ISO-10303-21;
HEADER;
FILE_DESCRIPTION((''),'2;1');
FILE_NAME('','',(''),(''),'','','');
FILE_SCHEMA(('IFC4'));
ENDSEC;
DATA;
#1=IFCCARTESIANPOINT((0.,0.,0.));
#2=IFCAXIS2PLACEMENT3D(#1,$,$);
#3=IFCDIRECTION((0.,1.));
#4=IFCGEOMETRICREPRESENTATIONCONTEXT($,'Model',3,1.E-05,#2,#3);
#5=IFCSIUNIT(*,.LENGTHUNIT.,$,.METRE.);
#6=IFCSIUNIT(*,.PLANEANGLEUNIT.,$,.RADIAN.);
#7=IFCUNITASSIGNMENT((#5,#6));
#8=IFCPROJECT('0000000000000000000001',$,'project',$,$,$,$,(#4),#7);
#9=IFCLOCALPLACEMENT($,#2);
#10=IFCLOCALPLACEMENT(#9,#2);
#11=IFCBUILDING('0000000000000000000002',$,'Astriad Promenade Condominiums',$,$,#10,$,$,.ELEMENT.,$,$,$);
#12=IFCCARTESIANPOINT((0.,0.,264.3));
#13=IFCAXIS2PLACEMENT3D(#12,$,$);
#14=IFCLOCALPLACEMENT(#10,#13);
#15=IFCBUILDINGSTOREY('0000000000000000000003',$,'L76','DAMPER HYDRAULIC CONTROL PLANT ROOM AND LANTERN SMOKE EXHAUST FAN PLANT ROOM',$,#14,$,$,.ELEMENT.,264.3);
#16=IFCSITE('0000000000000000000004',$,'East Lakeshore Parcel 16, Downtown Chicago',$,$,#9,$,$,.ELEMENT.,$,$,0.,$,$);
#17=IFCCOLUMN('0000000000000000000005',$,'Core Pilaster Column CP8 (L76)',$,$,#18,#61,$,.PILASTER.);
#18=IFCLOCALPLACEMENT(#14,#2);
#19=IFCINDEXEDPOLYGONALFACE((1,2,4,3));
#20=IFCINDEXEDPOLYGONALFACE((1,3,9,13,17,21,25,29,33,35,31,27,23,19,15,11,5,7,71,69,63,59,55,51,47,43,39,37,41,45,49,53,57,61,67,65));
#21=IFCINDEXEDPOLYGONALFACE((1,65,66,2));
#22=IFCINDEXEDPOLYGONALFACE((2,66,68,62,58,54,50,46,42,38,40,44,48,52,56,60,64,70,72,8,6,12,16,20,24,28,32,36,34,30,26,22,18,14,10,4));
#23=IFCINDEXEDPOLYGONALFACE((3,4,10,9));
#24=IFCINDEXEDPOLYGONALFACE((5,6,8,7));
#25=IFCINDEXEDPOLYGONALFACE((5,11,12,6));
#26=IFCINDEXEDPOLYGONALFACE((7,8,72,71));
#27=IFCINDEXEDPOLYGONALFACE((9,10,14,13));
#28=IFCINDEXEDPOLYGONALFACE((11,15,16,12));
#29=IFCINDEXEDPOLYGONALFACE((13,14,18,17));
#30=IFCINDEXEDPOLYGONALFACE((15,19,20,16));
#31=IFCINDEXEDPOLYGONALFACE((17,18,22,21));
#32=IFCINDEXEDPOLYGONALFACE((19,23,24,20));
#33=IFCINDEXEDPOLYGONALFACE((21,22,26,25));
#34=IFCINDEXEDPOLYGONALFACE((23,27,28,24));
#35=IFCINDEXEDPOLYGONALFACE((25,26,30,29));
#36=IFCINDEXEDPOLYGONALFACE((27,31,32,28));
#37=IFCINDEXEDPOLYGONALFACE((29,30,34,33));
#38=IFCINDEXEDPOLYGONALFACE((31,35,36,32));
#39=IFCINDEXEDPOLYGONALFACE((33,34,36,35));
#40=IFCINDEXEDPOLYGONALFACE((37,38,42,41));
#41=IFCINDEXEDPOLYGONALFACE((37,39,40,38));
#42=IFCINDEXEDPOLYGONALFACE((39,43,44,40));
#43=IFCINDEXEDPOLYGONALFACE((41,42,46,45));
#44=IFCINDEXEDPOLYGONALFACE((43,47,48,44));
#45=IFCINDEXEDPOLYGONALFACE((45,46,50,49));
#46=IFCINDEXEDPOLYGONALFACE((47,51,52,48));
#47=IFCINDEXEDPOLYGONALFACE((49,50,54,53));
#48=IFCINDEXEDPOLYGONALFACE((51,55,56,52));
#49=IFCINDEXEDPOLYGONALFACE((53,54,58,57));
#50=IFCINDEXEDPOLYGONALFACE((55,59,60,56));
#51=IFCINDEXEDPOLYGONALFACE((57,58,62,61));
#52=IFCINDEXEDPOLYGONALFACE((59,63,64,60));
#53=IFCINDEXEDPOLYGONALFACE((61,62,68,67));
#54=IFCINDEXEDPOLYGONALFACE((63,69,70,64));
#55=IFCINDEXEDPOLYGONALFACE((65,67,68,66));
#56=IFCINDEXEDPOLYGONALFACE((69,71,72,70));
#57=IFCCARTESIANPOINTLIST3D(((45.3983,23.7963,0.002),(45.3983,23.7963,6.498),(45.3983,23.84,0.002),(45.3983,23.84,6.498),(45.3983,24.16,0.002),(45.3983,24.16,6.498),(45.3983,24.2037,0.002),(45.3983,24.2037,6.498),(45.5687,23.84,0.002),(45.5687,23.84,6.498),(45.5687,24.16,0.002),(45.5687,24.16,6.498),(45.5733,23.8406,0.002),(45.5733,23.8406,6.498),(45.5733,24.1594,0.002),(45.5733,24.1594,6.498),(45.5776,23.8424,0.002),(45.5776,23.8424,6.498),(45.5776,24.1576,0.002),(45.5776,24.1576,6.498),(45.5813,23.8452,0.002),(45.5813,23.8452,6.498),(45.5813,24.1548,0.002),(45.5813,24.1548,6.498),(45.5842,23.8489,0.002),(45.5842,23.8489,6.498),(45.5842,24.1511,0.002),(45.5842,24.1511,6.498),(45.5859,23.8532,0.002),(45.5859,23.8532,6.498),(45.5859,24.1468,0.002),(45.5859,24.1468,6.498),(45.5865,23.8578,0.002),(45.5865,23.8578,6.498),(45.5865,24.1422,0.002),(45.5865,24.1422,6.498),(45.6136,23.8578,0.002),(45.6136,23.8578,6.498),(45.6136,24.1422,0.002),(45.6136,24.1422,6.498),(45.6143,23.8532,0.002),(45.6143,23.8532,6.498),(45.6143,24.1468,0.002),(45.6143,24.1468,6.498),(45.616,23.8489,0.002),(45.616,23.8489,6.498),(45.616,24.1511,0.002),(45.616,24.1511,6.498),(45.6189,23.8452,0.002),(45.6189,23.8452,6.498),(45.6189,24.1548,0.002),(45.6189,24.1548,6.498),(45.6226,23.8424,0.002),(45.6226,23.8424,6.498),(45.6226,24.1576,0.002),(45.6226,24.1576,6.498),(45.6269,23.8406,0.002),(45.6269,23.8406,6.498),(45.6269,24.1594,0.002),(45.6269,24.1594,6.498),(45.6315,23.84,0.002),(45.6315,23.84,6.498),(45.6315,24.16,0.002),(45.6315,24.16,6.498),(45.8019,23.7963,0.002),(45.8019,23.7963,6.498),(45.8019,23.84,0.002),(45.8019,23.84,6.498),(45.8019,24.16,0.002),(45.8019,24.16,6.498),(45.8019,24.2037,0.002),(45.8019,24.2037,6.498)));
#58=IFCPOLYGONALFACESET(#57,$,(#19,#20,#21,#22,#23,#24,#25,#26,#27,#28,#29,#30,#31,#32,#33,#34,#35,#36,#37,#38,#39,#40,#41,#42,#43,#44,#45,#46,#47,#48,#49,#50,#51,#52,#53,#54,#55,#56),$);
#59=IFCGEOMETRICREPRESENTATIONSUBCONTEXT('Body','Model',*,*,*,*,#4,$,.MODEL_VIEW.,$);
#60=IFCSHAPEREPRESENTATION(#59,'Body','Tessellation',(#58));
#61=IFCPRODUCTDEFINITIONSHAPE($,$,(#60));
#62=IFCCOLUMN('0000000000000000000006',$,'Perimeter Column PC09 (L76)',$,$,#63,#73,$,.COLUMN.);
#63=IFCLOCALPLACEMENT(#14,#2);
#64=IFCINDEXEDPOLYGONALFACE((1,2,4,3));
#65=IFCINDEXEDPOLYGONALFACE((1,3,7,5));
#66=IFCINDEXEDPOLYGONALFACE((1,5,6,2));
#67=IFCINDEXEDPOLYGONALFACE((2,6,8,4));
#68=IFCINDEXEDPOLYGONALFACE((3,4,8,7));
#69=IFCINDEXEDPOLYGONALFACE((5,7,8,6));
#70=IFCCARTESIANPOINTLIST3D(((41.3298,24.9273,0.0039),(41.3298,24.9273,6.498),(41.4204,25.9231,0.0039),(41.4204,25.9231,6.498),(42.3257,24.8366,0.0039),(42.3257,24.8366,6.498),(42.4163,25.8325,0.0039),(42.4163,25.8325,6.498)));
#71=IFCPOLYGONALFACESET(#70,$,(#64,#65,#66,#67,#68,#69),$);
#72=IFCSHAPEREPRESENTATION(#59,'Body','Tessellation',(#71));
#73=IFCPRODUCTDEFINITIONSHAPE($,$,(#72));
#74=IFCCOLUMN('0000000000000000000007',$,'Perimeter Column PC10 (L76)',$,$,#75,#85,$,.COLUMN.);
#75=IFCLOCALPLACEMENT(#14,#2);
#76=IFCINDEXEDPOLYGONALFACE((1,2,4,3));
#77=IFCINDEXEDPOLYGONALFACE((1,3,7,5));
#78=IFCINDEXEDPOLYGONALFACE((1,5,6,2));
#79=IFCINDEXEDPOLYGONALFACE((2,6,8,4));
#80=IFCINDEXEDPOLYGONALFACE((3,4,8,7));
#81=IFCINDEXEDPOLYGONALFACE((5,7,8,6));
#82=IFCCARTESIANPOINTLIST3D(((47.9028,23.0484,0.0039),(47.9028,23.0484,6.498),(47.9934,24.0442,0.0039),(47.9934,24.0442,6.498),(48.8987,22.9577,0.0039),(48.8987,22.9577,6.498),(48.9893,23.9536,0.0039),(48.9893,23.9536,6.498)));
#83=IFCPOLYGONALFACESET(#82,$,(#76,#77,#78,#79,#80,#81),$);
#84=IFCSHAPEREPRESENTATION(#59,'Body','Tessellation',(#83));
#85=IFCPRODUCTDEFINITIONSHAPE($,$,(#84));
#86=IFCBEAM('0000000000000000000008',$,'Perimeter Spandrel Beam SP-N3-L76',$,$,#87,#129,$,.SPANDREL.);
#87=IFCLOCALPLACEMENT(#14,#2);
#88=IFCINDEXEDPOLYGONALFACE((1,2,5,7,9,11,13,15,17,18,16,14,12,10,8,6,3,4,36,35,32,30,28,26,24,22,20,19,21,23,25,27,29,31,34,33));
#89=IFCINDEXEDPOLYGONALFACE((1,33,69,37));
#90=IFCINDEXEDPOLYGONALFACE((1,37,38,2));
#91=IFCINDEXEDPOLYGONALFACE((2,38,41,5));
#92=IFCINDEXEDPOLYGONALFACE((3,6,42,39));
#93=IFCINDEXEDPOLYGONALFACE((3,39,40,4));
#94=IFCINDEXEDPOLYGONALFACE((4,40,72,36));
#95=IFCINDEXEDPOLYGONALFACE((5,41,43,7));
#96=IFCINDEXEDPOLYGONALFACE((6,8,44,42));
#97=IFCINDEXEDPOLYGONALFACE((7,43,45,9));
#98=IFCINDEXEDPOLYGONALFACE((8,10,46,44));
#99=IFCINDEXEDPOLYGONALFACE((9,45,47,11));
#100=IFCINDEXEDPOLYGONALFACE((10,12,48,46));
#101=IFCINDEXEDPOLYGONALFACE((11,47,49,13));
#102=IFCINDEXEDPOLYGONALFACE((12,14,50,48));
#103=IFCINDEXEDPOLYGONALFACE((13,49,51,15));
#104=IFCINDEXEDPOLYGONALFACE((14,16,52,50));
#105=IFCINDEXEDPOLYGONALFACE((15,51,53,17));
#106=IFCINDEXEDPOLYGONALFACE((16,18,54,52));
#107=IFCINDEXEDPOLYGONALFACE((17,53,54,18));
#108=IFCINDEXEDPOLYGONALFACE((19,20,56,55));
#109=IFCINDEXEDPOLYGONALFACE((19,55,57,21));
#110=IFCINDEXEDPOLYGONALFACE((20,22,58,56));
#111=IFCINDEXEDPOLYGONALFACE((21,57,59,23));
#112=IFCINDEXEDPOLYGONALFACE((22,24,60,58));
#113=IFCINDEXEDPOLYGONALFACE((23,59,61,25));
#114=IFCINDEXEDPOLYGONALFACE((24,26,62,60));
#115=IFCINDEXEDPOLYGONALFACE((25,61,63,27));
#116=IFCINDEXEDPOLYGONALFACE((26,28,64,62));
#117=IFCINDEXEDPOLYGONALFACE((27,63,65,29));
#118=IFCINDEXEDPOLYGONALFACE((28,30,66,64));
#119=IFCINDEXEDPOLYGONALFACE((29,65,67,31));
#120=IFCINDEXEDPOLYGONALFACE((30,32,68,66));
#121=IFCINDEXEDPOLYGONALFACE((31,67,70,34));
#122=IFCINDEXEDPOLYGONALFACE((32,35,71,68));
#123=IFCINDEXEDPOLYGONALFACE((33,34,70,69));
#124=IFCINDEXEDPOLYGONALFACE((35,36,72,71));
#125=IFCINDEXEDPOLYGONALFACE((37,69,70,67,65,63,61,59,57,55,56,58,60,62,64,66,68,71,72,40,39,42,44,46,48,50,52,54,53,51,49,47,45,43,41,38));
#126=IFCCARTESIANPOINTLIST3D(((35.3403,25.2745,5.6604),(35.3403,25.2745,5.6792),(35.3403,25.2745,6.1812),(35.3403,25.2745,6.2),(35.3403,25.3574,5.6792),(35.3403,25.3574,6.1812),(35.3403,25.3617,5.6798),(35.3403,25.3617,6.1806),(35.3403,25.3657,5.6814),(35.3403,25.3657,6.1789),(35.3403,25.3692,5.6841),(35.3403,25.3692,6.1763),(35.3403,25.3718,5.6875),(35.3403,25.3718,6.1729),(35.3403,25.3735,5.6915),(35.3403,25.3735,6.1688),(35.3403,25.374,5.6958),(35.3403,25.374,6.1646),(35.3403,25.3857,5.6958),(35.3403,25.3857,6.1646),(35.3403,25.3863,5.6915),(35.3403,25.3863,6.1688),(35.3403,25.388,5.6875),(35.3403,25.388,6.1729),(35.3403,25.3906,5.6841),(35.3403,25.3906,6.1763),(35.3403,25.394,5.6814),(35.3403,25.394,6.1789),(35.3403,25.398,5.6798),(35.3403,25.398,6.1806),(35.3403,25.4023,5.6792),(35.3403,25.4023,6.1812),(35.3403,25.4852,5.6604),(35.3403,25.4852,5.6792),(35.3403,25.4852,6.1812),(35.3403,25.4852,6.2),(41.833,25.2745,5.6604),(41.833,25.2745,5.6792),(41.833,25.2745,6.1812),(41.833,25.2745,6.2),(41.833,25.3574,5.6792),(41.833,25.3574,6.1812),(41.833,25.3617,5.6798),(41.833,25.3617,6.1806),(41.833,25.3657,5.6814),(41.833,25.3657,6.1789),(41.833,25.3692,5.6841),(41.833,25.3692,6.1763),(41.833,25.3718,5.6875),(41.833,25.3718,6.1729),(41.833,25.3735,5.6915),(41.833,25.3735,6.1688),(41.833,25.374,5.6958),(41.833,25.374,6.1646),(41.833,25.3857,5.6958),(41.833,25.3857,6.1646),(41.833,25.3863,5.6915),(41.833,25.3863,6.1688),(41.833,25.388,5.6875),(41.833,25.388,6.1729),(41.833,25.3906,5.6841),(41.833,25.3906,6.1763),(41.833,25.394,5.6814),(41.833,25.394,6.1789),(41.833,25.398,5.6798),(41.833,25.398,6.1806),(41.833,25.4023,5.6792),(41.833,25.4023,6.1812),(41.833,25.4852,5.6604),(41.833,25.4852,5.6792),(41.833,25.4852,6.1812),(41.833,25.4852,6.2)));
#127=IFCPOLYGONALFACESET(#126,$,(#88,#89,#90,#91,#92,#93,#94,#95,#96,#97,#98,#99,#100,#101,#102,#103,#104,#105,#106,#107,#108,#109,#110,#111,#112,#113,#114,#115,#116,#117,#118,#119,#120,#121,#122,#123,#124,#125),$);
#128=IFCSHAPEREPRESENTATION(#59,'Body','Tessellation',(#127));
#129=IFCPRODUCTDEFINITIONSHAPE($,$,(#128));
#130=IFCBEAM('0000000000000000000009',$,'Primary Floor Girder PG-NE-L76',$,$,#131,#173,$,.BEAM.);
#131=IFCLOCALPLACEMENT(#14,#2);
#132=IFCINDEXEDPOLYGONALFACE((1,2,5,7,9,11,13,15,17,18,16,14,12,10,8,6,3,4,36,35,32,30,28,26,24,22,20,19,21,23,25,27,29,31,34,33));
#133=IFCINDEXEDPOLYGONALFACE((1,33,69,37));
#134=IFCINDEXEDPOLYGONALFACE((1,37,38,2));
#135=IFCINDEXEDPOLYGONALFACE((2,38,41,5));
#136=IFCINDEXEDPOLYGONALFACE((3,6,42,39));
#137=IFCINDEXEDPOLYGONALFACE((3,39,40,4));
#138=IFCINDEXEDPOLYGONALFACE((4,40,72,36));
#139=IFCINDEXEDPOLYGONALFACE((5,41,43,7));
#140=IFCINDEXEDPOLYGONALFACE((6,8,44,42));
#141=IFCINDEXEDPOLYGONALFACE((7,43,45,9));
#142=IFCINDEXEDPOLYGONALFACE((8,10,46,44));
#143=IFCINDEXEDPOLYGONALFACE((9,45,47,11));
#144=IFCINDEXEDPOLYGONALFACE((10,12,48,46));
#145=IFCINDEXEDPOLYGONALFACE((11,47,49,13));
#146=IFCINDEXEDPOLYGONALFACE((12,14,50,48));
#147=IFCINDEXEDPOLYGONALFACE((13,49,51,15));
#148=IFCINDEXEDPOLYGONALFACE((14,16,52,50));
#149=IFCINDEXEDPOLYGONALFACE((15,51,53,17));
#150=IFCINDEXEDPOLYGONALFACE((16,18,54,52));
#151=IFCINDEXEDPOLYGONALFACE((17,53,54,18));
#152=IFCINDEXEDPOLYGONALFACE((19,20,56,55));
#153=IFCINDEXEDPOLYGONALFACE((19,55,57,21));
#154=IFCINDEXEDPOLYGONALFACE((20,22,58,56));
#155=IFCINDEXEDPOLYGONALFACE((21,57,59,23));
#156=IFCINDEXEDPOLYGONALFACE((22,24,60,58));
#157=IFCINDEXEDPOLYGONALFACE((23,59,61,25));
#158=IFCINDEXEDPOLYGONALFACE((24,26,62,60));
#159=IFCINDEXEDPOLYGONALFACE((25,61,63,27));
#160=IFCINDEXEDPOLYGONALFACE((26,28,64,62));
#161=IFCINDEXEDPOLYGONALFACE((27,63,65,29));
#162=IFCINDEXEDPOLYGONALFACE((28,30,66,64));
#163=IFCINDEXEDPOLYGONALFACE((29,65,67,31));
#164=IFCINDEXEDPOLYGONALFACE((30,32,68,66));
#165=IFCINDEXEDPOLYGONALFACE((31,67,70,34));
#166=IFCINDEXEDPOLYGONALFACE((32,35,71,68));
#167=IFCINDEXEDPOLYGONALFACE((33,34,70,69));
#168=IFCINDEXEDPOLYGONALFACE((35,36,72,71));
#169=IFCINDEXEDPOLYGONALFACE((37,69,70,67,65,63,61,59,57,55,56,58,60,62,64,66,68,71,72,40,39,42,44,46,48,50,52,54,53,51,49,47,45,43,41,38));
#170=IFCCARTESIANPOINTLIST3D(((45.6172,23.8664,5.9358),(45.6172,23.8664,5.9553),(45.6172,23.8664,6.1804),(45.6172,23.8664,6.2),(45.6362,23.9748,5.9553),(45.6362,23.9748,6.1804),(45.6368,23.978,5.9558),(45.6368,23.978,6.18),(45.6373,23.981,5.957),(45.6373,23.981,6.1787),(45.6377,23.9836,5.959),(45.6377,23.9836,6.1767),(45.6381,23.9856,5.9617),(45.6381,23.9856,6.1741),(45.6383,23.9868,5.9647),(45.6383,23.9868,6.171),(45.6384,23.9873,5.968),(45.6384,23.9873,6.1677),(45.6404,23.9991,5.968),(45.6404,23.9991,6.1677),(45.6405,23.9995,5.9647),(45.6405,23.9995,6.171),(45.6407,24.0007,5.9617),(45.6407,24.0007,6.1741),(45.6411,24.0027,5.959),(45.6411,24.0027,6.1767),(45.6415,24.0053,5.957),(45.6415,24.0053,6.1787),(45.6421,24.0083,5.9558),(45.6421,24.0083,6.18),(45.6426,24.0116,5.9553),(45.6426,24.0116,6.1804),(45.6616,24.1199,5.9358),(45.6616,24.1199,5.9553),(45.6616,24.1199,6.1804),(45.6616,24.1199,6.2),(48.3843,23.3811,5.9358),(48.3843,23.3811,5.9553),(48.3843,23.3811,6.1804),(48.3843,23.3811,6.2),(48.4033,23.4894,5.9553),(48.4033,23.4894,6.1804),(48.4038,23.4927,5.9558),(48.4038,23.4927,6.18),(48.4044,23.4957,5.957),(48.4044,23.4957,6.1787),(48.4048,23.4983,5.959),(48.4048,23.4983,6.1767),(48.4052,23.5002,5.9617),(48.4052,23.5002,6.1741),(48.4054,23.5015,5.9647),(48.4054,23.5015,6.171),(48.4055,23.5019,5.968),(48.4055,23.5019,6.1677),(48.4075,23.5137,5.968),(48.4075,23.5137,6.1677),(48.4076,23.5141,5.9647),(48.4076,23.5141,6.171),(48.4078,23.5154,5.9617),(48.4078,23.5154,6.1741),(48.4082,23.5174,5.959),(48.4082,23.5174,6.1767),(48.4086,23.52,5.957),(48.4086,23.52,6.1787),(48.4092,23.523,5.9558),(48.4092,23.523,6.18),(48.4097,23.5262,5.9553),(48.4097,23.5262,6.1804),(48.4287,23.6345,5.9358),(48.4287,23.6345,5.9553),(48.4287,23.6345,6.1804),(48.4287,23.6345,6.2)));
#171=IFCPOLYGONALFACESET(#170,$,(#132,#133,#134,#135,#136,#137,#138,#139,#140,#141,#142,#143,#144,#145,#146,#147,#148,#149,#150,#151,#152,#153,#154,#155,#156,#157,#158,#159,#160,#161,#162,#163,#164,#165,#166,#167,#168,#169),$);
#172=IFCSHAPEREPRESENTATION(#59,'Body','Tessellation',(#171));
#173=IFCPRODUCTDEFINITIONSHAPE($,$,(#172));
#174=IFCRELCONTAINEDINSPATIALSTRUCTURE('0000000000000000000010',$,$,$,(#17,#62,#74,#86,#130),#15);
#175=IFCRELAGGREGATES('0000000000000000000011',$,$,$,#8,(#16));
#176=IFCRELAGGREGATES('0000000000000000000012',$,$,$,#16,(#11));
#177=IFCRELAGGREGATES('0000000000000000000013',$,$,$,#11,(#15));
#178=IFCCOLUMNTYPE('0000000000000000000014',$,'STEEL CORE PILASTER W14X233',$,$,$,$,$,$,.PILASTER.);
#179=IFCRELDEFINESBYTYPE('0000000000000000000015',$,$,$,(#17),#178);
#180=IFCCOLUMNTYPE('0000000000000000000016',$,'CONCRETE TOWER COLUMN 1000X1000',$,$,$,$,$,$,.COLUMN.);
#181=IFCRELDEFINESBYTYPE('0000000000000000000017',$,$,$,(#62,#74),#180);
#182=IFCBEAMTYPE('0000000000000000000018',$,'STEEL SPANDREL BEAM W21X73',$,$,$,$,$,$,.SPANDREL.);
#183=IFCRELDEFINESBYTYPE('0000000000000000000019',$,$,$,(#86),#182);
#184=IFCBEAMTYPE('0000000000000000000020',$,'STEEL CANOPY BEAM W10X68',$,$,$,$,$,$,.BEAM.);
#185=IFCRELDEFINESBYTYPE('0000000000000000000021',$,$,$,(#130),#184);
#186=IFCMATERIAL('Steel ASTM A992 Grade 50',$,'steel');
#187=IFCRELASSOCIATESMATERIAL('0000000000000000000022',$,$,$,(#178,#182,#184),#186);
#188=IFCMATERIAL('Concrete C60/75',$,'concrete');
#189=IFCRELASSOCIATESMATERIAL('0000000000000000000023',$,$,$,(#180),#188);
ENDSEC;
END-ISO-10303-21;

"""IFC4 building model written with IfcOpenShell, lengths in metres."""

from ifc_helpers import new_model, si_unit, direction, frame, origin, origin_2d, place, context, subcontext, project, spatial, rectangle, i_section, extrude, source, transform, mapped, material, material_profile, profile_set, type_object, type_shapes, element, save


model = new_model("IFC4")

# Units and contexts
model_context = context("Model", 3, precision=1e-05, world=origin(), true_north=direction((0.0, 1.0)))
body_context = subcontext(model_context, "Body", "Model", "MODEL_VIEW")
ifc_project = project(units=[si_unit("LENGTHUNIT", "METRE"), si_unit("PLANEANGLEUNIT", "RADIAN")], contexts=[model_context])

# Site, building, storey
site_placement = place(None, origin())
site = spatial("IfcSite", under=ifc_project, at=site_placement, Name="East Lakeshore Parcel 16, Downtown Chicago", CompositionType="ELEMENT", RefElevation=0.0)
building_placement = place(site_placement, origin())
building = spatial("IfcBuilding", under=site, at=building_placement, Name="Astriad Promenade Condominiums", CompositionType="ELEMENT")
storey_placement = place(building_placement, frame((0.0, 0.0, 264.3)))
storey = spatial("IfcBuildingStorey", under=building, at=storey_placement, Name="L76", Description="DAMPER HYDRAULIC CONTROL PLANT ROOM AND LANTERN SMOKE EXHAUST FAN PLANT ROOM", CompositionType="ELEMENT", Elevation=264.3)

# Columns
ifc_material_1 = material(Name="Steel ASTM A992 Grade 50", Category="steel")
ifc_material_profile_1 = material_profile(ifc_material_1, i_section(OverallWidth=0.4036, OverallDepth=0.4075, WebThickness=0.0271, FlangeThickness=0.0437, FilletRadius=0.0178, at=origin_2d()), Name="W14X233")
ifc_profile_set_1 = profile_set([ifc_material_profile_1], Name="Steel ASTM A992 Grade 50")
column_type_1 = type_object("IfcColumnType", Name="STEEL CORE PILASTER W14X233", PredefinedType="PILASTER", material=ifc_profile_set_1)
shared_shape_1 = source(origin(), body_context, "Body", "SweptSolid", [
    extrude(i_section(OverallWidth=0.4036, OverallDepth=0.4075, WebThickness=0.0271, FlangeThickness=0.0437, FilletRadius=0.0178, at=origin_2d()), origin(), (0.0, 0.0, 1.0), 6.4961),
])
type_shapes(column_type_1, [shared_shape_1])
column_placement = place(storey_placement, frame((45.6001, 24.0, 0.002), z_axis=(0.0, 0.0, 1.0), x_axis=(1.0, 0.0, 0.0)))
element("IfcColumn", 1, at=column_placement, inside=storey, type_object=column_type_1, Name="Core Pilaster Column CP8 (L76)", PredefinedType="PILASTER", context=body_context, shape_type="MappedRepresentation", body=[
    mapped(shared_shape_1, transform((0.0, 0.0, 0.0), scale=1.0)),
])
ifc_material_2 = material(Name="Concrete C60/75", Category="concrete")
ifc_material_profile_2 = material_profile(ifc_material_2, rectangle(XDim=1.0, YDim=1.0, at=origin_2d()), Name="RC-COL-1000X1000")
ifc_profile_set_2 = profile_set([ifc_material_profile_2], Name="Concrete C60/75")
column_type_2 = type_object("IfcColumnType", Name="CONCRETE TOWER COLUMN 1000X1000", PredefinedType="COLUMN", material=ifc_profile_set_2)
shared_shape_2 = source(origin(), body_context, "Body", "SweptSolid", [
    extrude(rectangle(XDim=1.0, YDim=1.0, at=origin_2d()), origin(), (0.0, 0.0, 1.0), 6.4941),
])
type_shapes(column_type_2, [shared_shape_2])
for number, where, z_axis, x_axis, name in (
    (2, (41.873, 25.3799, 0.0039), (0.0, 0.0, 1.0), (0.995884, -0.090633, 0.0), "Perimeter Column PC09 (L76)"),
    (3, (48.446, 23.501, 0.0039), (0.0, 0.0, 1.0), (0.995884, -0.090633, 0.0), "Perimeter Column PC10 (L76)"),
):
    element("IfcColumn", number, at=place(storey_placement, frame(where, z_axis=z_axis, x_axis=x_axis)), inside=storey, type_object=column_type_2, Name=name, PredefinedType="COLUMN", context=body_context, shape_type="MappedRepresentation", body=[
        mapped(shared_shape_2, transform((0.0, 0.0, 0.0), scale=1.0)),
    ])

# Beams
ifc_material_profile_3 = material_profile(ifc_material_1, i_section(OverallWidth=0.2107, OverallDepth=0.5396, WebThickness=0.0117, FlangeThickness=0.0188, FilletRadius=0.0166, at=origin_2d()), Name="W21X73")
ifc_profile_set_3 = profile_set([ifc_material_profile_3], Name="Steel ASTM A992 Grade 50")
beam_type_1 = type_object("IfcBeamType", Name="STEEL SPANDREL BEAM W21X73", PredefinedType="SPANDREL", material=ifc_profile_set_3)
shared_shape_3 = source(origin(), body_context, "Body", "SweptSolid", [
    extrude(i_section(OverallWidth=0.2107, OverallDepth=0.5396, WebThickness=0.0117, FlangeThickness=0.0188, FilletRadius=0.0166, at=origin_2d()), origin(), (0.0, 0.0, 1.0), 6.4927),
])
type_shapes(beam_type_1, [shared_shape_3])
beam_1_placement = place(storey_placement, frame((41.833, 25.3799, 5.9302), z_axis=(-1.0, 0.0, 0.0), x_axis=(0.0, -1.0, 0.0)))
element("IfcBeam", 4, at=beam_1_placement, inside=storey, type_object=beam_type_1, Name="Perimeter Spandrel Beam SP-N3-L76", PredefinedType="SPANDREL", context=body_context, shape_type="MappedRepresentation", body=[
    mapped(shared_shape_3, transform((0.0, 0.0, 0.0), scale=1.0)),
])
ifc_material_profile_4 = material_profile(ifc_material_1, i_section(OverallWidth=0.2573, OverallDepth=0.2642, WebThickness=0.012, FlangeThickness=0.0195, FilletRadius=0.0127, at=origin_2d()), Name="W10X68")
ifc_profile_set_4 = profile_set([ifc_material_profile_4], Name="Steel ASTM A992 Grade 50")
beam_type_2 = type_object("IfcBeamType", Name="STEEL CANOPY BEAM W10X68", PredefinedType="BEAM", material=ifc_profile_set_4)
shared_shape_4 = source(origin(), body_context, "Body", "SweptSolid", [
    extrude(i_section(OverallWidth=0.2573, OverallDepth=0.2642, WebThickness=0.012, FlangeThickness=0.0195, FilletRadius=0.0127, at=origin_2d()), origin(), (0.0, 0.0, 1.0), 2.8093),
])
type_shapes(beam_type_2, [shared_shape_4])
beam_2_placement = place(storey_placement, frame((48.4065, 23.5078, 6.0679), z_axis=(-0.984963, 0.172764, 0.0), x_axis=(-0.172764, -0.984963, 0.0)))
element("IfcBeam", 5, at=beam_2_placement, inside=storey, type_object=beam_type_2, Name="Primary Floor Girder PG-NE-L76", PredefinedType="BEAM", context=body_context, shape_type="MappedRepresentation", body=[
    mapped(shared_shape_4, transform((0.0, 0.0, 0.0), scale=1.0)),
])

save(model, "model.ifc")
